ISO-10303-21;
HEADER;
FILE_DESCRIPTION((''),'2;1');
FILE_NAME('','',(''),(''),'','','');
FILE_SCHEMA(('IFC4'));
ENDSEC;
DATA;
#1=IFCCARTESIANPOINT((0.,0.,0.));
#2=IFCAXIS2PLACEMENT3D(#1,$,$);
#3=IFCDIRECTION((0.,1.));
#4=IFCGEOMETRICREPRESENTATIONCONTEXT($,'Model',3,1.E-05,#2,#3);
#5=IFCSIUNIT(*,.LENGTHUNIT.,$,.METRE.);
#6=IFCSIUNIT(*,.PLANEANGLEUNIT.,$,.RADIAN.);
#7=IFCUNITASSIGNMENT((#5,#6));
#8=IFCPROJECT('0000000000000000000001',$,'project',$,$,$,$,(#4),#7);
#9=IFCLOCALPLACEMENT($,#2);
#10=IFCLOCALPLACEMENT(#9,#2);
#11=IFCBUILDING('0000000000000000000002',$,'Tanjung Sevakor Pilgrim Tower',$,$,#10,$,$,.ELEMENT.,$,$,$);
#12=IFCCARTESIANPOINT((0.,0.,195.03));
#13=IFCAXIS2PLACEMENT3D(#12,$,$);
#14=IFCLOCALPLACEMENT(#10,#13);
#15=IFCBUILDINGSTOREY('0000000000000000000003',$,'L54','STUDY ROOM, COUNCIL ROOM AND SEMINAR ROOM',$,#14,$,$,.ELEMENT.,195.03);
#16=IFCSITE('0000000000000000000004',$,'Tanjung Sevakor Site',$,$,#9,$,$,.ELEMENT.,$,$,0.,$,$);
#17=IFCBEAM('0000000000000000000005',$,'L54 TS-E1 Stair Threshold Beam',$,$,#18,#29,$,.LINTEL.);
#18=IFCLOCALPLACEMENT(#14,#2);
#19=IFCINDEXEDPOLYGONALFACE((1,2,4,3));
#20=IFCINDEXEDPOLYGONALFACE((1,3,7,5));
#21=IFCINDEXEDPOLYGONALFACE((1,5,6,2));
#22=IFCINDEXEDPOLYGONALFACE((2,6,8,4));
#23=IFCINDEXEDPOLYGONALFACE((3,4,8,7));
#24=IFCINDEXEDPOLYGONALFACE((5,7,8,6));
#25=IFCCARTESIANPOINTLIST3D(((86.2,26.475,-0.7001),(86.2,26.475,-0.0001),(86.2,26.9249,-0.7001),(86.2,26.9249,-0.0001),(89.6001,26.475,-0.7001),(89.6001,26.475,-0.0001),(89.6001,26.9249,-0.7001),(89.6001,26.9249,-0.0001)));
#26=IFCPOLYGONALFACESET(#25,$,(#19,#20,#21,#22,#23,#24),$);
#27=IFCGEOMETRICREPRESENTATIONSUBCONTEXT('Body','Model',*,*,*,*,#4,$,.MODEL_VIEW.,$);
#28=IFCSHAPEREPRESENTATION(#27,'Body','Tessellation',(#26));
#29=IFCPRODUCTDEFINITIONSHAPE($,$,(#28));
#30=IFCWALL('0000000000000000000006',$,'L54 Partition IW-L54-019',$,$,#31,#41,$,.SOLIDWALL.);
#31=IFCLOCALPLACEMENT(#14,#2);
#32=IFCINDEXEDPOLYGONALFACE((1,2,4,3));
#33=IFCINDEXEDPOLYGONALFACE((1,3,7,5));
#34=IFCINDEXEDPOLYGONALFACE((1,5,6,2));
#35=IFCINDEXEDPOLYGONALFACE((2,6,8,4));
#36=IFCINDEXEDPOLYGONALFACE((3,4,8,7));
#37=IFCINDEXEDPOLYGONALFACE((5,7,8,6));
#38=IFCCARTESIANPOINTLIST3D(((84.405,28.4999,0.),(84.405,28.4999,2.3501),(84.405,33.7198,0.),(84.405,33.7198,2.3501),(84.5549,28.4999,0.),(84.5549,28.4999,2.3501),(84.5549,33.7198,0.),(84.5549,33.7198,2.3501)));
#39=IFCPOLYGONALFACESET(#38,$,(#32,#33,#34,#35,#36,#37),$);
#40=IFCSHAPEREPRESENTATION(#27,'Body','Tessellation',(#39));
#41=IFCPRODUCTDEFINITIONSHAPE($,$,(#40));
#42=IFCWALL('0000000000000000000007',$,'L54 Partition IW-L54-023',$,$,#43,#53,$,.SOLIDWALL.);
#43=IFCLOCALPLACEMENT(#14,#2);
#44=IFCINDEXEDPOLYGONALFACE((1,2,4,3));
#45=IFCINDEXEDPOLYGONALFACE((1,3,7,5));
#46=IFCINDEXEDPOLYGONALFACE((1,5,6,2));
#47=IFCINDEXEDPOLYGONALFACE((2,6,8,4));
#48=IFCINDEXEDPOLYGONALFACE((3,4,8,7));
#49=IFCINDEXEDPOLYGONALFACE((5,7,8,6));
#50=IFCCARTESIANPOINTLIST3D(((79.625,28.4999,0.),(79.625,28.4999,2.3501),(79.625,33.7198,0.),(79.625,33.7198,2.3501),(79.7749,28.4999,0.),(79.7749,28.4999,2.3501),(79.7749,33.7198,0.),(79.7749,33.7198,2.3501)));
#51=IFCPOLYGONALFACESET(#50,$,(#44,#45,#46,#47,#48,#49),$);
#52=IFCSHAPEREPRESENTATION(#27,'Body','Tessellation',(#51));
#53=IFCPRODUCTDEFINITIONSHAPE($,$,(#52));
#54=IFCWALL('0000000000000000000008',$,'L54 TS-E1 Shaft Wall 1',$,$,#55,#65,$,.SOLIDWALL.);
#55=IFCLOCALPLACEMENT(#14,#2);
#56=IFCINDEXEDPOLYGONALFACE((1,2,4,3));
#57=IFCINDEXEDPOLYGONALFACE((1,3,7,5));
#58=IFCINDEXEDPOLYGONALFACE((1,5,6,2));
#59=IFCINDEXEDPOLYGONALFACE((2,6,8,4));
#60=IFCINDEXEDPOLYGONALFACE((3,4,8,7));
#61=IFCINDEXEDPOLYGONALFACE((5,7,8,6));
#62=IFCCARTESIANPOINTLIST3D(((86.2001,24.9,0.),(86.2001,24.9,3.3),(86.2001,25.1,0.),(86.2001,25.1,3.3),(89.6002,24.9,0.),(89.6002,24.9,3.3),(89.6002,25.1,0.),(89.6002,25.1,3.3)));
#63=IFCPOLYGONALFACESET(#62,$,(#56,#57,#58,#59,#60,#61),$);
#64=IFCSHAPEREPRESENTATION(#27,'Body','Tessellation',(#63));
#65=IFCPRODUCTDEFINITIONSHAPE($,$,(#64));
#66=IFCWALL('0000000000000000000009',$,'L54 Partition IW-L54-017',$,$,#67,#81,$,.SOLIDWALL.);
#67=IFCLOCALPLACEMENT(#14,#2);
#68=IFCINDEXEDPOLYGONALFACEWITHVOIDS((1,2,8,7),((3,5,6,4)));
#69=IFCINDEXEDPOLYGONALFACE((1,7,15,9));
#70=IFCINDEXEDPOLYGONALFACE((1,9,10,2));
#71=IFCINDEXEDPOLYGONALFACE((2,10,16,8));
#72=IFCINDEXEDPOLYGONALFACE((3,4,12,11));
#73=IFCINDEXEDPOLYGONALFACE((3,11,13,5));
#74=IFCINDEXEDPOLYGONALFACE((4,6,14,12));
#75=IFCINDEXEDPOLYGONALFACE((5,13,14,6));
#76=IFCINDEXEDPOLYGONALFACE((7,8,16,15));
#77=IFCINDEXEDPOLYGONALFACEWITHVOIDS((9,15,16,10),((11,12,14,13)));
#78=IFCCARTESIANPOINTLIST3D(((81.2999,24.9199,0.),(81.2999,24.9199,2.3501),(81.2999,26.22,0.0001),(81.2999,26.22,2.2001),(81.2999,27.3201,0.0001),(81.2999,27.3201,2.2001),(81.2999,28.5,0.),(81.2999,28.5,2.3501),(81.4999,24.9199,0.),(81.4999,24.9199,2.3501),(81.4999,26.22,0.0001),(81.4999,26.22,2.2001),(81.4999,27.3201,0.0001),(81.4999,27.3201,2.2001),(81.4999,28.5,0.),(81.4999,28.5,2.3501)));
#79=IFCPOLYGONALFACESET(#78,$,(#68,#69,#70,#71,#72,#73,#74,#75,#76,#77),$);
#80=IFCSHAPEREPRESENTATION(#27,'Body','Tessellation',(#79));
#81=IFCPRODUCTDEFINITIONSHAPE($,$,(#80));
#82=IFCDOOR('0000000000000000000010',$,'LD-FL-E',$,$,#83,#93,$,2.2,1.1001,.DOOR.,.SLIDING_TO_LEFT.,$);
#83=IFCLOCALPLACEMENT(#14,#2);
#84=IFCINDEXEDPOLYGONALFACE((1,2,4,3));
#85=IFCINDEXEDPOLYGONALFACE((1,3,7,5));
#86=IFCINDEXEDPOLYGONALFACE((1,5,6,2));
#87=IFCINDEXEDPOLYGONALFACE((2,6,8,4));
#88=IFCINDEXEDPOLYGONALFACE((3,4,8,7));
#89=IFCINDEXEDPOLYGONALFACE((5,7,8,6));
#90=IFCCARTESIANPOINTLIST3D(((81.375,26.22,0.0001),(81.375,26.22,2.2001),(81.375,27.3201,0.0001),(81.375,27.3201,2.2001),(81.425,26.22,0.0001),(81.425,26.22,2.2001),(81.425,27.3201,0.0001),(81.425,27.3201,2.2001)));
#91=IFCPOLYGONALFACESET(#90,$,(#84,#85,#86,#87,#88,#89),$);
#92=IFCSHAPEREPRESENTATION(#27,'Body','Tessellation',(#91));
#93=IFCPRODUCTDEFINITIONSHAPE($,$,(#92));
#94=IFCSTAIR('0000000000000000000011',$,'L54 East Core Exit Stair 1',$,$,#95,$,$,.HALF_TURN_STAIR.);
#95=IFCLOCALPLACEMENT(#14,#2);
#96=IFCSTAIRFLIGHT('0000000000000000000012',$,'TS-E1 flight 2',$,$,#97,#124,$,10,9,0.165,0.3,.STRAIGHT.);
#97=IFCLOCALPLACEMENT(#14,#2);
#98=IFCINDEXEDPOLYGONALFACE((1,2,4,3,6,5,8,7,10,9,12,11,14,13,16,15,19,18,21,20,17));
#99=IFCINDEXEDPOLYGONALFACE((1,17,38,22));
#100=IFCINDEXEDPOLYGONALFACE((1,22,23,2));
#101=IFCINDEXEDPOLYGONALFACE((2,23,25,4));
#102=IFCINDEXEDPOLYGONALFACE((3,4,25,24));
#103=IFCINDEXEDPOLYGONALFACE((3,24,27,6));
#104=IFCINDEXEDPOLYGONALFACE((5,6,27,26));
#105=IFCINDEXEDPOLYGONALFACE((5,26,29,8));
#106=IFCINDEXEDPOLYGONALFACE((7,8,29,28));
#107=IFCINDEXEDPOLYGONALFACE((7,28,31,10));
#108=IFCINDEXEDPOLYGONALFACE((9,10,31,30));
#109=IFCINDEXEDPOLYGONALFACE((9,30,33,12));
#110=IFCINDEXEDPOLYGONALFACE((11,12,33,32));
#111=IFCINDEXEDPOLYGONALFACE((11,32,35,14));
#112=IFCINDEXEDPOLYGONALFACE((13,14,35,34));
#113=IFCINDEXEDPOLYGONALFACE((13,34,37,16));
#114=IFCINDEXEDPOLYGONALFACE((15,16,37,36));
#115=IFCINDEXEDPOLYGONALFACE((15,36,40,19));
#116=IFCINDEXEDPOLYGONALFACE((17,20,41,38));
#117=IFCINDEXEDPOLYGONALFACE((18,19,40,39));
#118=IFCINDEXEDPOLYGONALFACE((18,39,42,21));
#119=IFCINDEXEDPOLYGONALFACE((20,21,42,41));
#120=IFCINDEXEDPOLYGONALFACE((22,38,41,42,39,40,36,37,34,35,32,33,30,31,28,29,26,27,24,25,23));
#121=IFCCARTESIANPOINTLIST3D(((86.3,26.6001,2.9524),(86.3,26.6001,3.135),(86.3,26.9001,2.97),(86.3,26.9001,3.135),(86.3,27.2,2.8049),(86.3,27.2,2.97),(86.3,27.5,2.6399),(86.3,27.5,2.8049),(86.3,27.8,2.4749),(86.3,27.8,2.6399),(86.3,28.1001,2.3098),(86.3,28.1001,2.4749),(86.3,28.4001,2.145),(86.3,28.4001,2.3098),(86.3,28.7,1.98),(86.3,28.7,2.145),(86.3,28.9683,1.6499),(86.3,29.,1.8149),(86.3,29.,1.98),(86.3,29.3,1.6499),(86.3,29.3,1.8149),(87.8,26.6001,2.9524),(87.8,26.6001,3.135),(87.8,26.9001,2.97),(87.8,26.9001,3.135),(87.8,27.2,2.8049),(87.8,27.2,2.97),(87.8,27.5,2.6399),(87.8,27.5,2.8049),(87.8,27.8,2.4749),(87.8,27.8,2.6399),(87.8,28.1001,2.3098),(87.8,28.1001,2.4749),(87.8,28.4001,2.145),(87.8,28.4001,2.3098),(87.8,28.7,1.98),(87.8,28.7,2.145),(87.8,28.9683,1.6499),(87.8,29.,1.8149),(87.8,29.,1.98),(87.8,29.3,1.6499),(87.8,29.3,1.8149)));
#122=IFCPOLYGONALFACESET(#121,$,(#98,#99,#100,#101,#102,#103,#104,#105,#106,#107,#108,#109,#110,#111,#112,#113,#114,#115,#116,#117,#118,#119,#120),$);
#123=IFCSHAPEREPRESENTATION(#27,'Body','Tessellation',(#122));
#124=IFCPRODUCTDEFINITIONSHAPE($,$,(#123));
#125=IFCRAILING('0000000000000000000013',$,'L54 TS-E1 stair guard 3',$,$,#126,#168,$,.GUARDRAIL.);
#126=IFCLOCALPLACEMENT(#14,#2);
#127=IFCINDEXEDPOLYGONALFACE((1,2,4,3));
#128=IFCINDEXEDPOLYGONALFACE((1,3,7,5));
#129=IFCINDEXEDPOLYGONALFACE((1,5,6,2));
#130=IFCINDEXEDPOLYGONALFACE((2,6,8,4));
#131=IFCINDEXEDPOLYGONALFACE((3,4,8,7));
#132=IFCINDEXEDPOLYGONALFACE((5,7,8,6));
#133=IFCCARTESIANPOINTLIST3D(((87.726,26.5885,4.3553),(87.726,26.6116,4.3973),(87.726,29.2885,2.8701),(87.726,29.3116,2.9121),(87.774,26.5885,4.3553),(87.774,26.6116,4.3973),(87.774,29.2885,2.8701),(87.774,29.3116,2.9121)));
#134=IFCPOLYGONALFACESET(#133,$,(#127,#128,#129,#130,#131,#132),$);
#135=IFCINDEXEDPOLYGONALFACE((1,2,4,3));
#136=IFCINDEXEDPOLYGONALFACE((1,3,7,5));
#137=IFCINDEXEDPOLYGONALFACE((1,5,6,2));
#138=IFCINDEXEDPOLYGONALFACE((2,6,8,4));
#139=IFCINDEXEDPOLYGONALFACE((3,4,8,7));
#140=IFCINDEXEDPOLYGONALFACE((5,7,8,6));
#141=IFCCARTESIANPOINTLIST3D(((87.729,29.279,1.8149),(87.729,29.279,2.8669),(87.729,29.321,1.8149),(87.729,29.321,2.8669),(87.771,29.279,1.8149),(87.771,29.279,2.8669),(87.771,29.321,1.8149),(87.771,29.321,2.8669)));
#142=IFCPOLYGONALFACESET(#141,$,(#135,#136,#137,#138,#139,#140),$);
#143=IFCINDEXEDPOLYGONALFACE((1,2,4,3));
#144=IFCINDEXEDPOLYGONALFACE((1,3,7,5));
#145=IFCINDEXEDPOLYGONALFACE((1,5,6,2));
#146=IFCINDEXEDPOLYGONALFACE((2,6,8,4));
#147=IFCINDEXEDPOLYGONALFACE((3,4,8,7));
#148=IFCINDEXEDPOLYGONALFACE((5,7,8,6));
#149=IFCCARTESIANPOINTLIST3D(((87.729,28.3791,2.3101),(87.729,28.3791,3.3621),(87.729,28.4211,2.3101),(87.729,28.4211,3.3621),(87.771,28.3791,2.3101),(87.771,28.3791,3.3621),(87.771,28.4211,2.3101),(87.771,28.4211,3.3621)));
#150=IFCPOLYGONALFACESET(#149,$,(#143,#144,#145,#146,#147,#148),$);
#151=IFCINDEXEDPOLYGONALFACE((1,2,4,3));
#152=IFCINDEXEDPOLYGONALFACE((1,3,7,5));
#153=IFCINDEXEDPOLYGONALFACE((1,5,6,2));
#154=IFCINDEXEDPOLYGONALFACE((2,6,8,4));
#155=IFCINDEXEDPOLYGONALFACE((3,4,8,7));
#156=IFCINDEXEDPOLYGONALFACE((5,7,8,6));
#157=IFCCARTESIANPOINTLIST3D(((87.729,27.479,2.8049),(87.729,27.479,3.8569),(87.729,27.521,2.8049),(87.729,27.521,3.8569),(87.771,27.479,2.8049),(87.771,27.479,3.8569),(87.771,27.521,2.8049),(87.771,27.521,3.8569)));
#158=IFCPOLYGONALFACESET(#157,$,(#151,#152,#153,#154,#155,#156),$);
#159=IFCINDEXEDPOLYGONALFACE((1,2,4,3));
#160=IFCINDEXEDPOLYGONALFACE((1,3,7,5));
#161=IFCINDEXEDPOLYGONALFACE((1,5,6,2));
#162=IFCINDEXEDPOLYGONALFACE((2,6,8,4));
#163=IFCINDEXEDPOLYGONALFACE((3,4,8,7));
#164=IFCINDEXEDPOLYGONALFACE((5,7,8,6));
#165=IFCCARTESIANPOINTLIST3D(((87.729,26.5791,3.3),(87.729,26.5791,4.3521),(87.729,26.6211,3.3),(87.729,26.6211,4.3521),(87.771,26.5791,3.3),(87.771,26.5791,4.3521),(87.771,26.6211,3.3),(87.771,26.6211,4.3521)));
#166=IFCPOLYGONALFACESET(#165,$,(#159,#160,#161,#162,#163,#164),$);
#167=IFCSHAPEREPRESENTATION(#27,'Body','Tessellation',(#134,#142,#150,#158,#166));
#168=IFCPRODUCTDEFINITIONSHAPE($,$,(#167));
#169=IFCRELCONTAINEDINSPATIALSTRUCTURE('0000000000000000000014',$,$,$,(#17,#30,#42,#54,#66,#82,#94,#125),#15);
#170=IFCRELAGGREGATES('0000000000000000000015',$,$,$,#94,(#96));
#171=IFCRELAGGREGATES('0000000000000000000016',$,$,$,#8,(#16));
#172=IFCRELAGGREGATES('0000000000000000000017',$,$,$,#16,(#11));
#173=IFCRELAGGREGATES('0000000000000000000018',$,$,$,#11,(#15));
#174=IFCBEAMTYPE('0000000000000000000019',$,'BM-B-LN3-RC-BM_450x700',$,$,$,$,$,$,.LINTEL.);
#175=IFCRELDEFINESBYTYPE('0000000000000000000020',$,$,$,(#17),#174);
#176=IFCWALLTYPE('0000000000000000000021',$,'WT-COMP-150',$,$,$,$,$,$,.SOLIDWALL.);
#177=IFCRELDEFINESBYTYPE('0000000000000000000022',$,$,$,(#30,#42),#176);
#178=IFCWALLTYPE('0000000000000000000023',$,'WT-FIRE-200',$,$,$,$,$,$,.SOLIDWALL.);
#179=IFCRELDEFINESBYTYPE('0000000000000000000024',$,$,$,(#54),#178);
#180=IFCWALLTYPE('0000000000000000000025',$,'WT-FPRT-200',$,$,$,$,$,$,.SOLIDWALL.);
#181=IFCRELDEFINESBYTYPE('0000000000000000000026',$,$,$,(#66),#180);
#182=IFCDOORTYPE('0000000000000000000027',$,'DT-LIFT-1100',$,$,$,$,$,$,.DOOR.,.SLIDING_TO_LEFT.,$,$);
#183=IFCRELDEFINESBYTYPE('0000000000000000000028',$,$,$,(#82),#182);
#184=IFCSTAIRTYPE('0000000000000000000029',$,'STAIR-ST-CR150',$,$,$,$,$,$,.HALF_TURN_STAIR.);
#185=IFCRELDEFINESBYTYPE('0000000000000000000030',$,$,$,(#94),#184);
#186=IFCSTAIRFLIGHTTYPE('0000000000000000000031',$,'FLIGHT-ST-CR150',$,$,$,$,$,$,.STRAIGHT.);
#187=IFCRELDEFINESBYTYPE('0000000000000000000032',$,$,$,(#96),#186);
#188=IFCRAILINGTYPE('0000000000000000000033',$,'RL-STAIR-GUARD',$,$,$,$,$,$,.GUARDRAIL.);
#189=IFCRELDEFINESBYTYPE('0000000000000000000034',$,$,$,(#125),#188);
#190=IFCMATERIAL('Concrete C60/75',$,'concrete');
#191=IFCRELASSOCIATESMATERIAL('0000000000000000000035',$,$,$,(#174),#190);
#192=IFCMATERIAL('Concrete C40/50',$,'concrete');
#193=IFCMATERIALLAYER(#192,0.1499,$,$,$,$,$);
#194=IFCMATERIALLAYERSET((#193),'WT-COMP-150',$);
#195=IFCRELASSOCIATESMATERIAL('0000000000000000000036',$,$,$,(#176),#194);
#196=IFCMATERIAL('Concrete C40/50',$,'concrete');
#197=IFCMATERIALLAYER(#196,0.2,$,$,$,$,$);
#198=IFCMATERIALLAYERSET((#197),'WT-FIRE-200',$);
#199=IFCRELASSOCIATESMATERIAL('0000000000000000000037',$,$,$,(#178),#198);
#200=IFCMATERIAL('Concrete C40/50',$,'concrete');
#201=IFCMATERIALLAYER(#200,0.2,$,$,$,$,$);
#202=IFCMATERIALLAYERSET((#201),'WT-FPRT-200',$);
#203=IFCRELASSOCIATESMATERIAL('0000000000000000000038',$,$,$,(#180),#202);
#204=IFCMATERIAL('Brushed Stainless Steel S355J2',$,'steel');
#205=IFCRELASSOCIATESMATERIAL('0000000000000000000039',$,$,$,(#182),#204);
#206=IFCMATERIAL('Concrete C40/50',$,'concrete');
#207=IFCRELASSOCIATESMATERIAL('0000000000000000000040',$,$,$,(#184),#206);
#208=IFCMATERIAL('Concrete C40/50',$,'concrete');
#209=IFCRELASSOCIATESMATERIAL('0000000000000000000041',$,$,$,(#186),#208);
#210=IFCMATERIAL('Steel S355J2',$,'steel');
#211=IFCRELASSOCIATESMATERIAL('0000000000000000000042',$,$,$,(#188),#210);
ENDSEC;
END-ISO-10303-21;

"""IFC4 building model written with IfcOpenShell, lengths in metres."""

from ifc_helpers import new_model, si_unit, direction, frame, frame_2d, origin, origin_2d, place, context, subcontext, project, spatial, polyline, rectangle, outline, extrude, material, layer, layer_set, material_profile, profile_set, type_object, element, fill, aggregate, save


model = new_model("IFC4")

# Units and contexts
model_context = context("Model", 3, precision=1e-05, world=origin(), true_north=direction((0.0, 1.0)))
body_context = subcontext(model_context, "Body", "Model", "MODEL_VIEW")
ifc_project = project(units=[si_unit("LENGTHUNIT", "METRE"), si_unit("PLANEANGLEUNIT", "RADIAN")], contexts=[model_context])

# Site, building, storey
site_placement = place(None, origin())
site = spatial("IfcSite", under=ifc_project, at=site_placement, Name="Tanjung Sevakor Site", CompositionType="ELEMENT", RefElevation=0.0)
building_placement = place(site_placement, origin())
building = spatial("IfcBuilding", under=site, at=building_placement, Name="Tanjung Sevakor Pilgrim Tower", CompositionType="ELEMENT")
storey_placement = place(building_placement, frame((0.0, 0.0, 195.03)))
storey = spatial("IfcBuildingStorey", under=building, at=storey_placement, Name="L54", Description="STUDY ROOM, COUNCIL ROOM AND SEMINAR ROOM", CompositionType="ELEMENT", Elevation=195.03)

# Beam
ifc_material_1 = material(Name="Concrete C60/75", Category="concrete")
ifc_material_profile = material_profile(ifc_material_1, rectangle(XDim=0.45, YDim=0.7, at=origin_2d()))
ifc_profile_set = profile_set([ifc_material_profile], Name="Concrete C60/75")
beam_type = type_object("IfcBeamType", Name="BM-B-LN3-RC-BM_450x700", PredefinedType="LINTEL", material=ifc_profile_set)
beam_placement = place(storey_placement, frame((86.2, 26.7, -0.3501), z_axis=(1.0, 0.0, 0.0), x_axis=(0.0, 1.0, 0.0)))
element("IfcBeam", 1, at=beam_placement, inside=storey, type_object=beam_type, Name="L54 TS-E1 Stair Threshold Beam", PredefinedType="LINTEL", context=body_context, shape_type="SweptSolid", body=[
    extrude(rectangle(XDim=0.45, YDim=0.7, at=origin_2d()), origin(), (0.0, 0.0, 1.0), 3.4001),
])

# Wall
ifc_material_2 = material(Name="Concrete C40/50", Category="concrete")
ifc_layer_1 = layer(ifc_material_2, 0.1499)
ifc_layer_set_1 = layer_set([ifc_layer_1], Name="WT-COMP-150")
wall_type_1 = type_object("IfcWallType", Name="WT-COMP-150", PredefinedType="SOLIDWALL", material=ifc_layer_set_1)
wall_1_placement = place(storey_placement, frame((84.48, 28.5, 0.0), z_axis=(0.0, 0.0, 1.0), x_axis=(0.0, 1.0, 0.0)))
element("IfcWall", 2, at=wall_1_placement, inside=storey, type_object=wall_type_1, Name="L54 Partition IW-L54-019", PredefinedType="SOLIDWALL", context=body_context, shape_type="SweptSolid", body=[
    extrude(rectangle(XDim=5.22, YDim=0.1499, at=frame_2d((2.6099, 0.0))), origin(), (0.0, 0.0, 1.0), 2.3501),
])

# Wall
wall_2_placement = place(storey_placement, frame((79.7, 28.5, 0.0), z_axis=(0.0, 0.0, 1.0), x_axis=(0.0, 1.0, 0.0)))
element("IfcWall", 3, at=wall_2_placement, inside=storey, type_object=wall_type_1, Name="L54 Partition IW-L54-023", PredefinedType="SOLIDWALL", context=body_context, shape_type="SweptSolid", body=[
    extrude(rectangle(XDim=5.22, YDim=0.1499, at=frame_2d((2.6099, 0.0))), origin(), (0.0, 0.0, 1.0), 2.3501),
])

# Wall
ifc_material_3 = material(Name="Concrete C40/50", Category="concrete")
ifc_layer_2 = layer(ifc_material_3, 0.2)
ifc_layer_set_2 = layer_set([ifc_layer_2], Name="WT-FIRE-200")
wall_type_2 = type_object("IfcWallType", Name="WT-FIRE-200", PredefinedType="SOLIDWALL", material=ifc_layer_set_2)
wall_3_placement = place(storey_placement, frame((86.2, 25.0, 0.0), z_axis=(0.0, 0.0, 1.0), x_axis=(1.0, 0.0, 0.0)))
element("IfcWall", 4, at=wall_3_placement, inside=storey, type_object=wall_type_2, Name="L54 TS-E1 Shaft Wall 1", PredefinedType="SOLIDWALL", context=body_context, shape_type="SweptSolid", body=[
    extrude(rectangle(XDim=3.4001, YDim=0.2, at=frame_2d((1.7002, 0.0))), origin(), (0.0, 0.0, 1.0), 3.3),
])

# Wall, opening, door
ifc_material_4 = material(Name="Concrete C40/50", Category="concrete")
ifc_layer_3 = layer(ifc_material_4, 0.2)
ifc_layer_set_3 = layer_set([ifc_layer_3], Name="WT-FPRT-200")
wall_type_3 = type_object("IfcWallType", Name="WT-FPRT-200", PredefinedType="SOLIDWALL", material=ifc_layer_set_3)
wall_4_placement = place(storey_placement, frame((81.3999, 24.9199, 0.0), z_axis=(0.0, 0.0, 1.0), x_axis=(0.0, 1.0, 0.0)))
wall_4 = element("IfcWall", 5, at=wall_4_placement, inside=storey, type_object=wall_type_3, Name="L54 Partition IW-L54-017", PredefinedType="SOLIDWALL", context=body_context, shape_type="SweptSolid", body=[
    extrude(rectangle(XDim=3.5801, YDim=0.2, at=frame_2d((1.79, 0.0))), origin(), (0.0, 0.0, 1.0), 2.3501),
])
opening_1_placement = place(wall_4_placement, frame((1.3, 0.0, 0.0)))
opening_1 = element("IfcOpeningElement", 6, at=opening_1_placement, cuts=wall_4, PredefinedType="OPENING", context=body_context, shape_type="SweptSolid", body=[
    extrude(rectangle(XDim=1.1001, YDim=2.2, at=frame_2d((0.55, 1.1001))), frame((0.0, 0.1099, 0.0), z_axis=(0.0, -1.0, 0.0), x_axis=(1.0, 0.0, 0.0)), (0.0, 0.0, 1.0), 0.22),
])
ifc_material_5 = material(Name="Brushed Stainless Steel S355J2", Category="steel")
door_type_1 = type_object("IfcDoorType", Name="DT-LIFT-1100", OperationType="SLIDING_TO_LEFT", PredefinedType="DOOR", material=ifc_material_5)
door_1_placement = place(opening_1_placement, origin())
door_1 = element("IfcDoor", 7, at=door_1_placement, inside=storey, type_object=door_type_1, Name="LD-FL-E", OperationType="SLIDING_TO_LEFT", OverallHeight=2.2, OverallWidth=1.1001, PredefinedType="DOOR", context=body_context, shape_type="SweptSolid", body=[
    extrude(rectangle(XDim=1.1001, YDim=2.2, at=frame_2d((0.55, 1.1001))), frame((0.0, 0.0249, 0.0), z_axis=(0.0, -1.0, 0.0), x_axis=(1.0, 0.0, 0.0)), (0.0, 0.0, 1.0), 0.05),
])
fill(opening_1, door_1)

# Stair, stair flight
ifc_material_6 = material(Name="Concrete C40/50", Category="concrete")
stair_type = type_object("IfcStairType", Name="STAIR-ST-CR150", PredefinedType="HALF_TURN_STAIR", material=ifc_material_6)
stair_placement = place(storey_placement, origin())
stair = element("IfcStair", 8, at=stair_placement, inside=storey, type_object=stair_type, Name="L54 East Core Exit Stair 1", PredefinedType="HALF_TURN_STAIR")
ifc_material_7 = material(Name="Concrete C40/50", Category="concrete")
stair_flight_type = type_object("IfcStairFlightType", Name="FLIGHT-ST-CR150", PredefinedType="STRAIGHT", material=ifc_material_7)
stair_flight_placement = place(storey_placement, frame((87.05, 29.3, 1.6499), z_axis=(0.0, 0.0, 1.0), x_axis=(0.0, -1.0, 0.0)))
stair_flight = element("IfcStairFlight", 9, at=stair_flight_placement, type_object=stair_flight_type, Name="TS-E1 flight 2", NumberOfRisers=10, NumberOfTreads=9, PredefinedType="STRAIGHT", RiserHeight=0.165, TreadLength=0.3, context=body_context, shape_type="SweptSolid", body=[
    extrude(outline(polyline([(0.0, 0.0), (0.0, 0.165), (0.3, 0.165), (0.3, 0.3301), (0.6001, 0.3301), (0.6001, 0.4951), (0.8999, 0.4951), (0.8999, 0.6599), (1.2, 0.6599), (1.2, 0.825), (1.5, 0.825), (1.5, 0.99), (1.8, 0.99), (1.8, 1.155), (2.1001, 1.155), (2.1001, 1.3201), (2.3999, 1.3201), (2.3999, 1.4851), (2.7, 1.4851), (2.7, 1.6499), (2.7, 1.3025), (0.3318, 0.0), (0.0, 0.0)])), frame((0.0, 0.75, 0.0), z_axis=(0.0, -1.0, 0.0), x_axis=(1.0, 0.0, 0.0)), (0.0, 0.0, 1.0), 1.5),
])
aggregate(stair, [stair_flight])

# Railing
ifc_material_8 = material(Name="Steel S355J2", Category="steel")
railing_type_1 = type_object("IfcRailingType", Name="RL-STAIR-GUARD", PredefinedType="GUARDRAIL", material=ifc_material_8)
railing_1_placement = place(storey_placement, frame((87.75, 29.3, 1.8149)))
element("IfcRailing", 10, at=railing_1_placement, inside=storey, type_object=railing_type_1, Name="L54 TS-E1 stair guard 3", PredefinedType="GUARDRAIL", context=body_context, shape_type="SweptSolid", body=[
    extrude(rectangle(XDim=0.0479, YDim=0.0479), frame((0.0, 0.0, 1.0762), z_axis=(0.0, -0.876198, 0.481952), x_axis=(1.0, 0.0, 0.0)), (0.0, 0.0, 1.0), 3.0815),
    extrude(rectangle(XDim=0.042, YDim=0.042), origin(), (0.0, 0.0, 1.0), 1.052),
    extrude(rectangle(XDim=0.042, YDim=0.042), frame((0.0, -0.8999, 0.4951)), (0.0, 0.0, 1.0), 1.052),
    extrude(rectangle(XDim=0.042, YDim=0.042), frame((0.0, -1.8, 0.99)), (0.0, 0.0, 1.0), 1.052),
    extrude(rectangle(XDim=0.042, YDim=0.042), frame((0.0, -2.7, 1.4851)), (0.0, 0.0, 1.0), 1.052),
])

save(model, "model.ifc")
